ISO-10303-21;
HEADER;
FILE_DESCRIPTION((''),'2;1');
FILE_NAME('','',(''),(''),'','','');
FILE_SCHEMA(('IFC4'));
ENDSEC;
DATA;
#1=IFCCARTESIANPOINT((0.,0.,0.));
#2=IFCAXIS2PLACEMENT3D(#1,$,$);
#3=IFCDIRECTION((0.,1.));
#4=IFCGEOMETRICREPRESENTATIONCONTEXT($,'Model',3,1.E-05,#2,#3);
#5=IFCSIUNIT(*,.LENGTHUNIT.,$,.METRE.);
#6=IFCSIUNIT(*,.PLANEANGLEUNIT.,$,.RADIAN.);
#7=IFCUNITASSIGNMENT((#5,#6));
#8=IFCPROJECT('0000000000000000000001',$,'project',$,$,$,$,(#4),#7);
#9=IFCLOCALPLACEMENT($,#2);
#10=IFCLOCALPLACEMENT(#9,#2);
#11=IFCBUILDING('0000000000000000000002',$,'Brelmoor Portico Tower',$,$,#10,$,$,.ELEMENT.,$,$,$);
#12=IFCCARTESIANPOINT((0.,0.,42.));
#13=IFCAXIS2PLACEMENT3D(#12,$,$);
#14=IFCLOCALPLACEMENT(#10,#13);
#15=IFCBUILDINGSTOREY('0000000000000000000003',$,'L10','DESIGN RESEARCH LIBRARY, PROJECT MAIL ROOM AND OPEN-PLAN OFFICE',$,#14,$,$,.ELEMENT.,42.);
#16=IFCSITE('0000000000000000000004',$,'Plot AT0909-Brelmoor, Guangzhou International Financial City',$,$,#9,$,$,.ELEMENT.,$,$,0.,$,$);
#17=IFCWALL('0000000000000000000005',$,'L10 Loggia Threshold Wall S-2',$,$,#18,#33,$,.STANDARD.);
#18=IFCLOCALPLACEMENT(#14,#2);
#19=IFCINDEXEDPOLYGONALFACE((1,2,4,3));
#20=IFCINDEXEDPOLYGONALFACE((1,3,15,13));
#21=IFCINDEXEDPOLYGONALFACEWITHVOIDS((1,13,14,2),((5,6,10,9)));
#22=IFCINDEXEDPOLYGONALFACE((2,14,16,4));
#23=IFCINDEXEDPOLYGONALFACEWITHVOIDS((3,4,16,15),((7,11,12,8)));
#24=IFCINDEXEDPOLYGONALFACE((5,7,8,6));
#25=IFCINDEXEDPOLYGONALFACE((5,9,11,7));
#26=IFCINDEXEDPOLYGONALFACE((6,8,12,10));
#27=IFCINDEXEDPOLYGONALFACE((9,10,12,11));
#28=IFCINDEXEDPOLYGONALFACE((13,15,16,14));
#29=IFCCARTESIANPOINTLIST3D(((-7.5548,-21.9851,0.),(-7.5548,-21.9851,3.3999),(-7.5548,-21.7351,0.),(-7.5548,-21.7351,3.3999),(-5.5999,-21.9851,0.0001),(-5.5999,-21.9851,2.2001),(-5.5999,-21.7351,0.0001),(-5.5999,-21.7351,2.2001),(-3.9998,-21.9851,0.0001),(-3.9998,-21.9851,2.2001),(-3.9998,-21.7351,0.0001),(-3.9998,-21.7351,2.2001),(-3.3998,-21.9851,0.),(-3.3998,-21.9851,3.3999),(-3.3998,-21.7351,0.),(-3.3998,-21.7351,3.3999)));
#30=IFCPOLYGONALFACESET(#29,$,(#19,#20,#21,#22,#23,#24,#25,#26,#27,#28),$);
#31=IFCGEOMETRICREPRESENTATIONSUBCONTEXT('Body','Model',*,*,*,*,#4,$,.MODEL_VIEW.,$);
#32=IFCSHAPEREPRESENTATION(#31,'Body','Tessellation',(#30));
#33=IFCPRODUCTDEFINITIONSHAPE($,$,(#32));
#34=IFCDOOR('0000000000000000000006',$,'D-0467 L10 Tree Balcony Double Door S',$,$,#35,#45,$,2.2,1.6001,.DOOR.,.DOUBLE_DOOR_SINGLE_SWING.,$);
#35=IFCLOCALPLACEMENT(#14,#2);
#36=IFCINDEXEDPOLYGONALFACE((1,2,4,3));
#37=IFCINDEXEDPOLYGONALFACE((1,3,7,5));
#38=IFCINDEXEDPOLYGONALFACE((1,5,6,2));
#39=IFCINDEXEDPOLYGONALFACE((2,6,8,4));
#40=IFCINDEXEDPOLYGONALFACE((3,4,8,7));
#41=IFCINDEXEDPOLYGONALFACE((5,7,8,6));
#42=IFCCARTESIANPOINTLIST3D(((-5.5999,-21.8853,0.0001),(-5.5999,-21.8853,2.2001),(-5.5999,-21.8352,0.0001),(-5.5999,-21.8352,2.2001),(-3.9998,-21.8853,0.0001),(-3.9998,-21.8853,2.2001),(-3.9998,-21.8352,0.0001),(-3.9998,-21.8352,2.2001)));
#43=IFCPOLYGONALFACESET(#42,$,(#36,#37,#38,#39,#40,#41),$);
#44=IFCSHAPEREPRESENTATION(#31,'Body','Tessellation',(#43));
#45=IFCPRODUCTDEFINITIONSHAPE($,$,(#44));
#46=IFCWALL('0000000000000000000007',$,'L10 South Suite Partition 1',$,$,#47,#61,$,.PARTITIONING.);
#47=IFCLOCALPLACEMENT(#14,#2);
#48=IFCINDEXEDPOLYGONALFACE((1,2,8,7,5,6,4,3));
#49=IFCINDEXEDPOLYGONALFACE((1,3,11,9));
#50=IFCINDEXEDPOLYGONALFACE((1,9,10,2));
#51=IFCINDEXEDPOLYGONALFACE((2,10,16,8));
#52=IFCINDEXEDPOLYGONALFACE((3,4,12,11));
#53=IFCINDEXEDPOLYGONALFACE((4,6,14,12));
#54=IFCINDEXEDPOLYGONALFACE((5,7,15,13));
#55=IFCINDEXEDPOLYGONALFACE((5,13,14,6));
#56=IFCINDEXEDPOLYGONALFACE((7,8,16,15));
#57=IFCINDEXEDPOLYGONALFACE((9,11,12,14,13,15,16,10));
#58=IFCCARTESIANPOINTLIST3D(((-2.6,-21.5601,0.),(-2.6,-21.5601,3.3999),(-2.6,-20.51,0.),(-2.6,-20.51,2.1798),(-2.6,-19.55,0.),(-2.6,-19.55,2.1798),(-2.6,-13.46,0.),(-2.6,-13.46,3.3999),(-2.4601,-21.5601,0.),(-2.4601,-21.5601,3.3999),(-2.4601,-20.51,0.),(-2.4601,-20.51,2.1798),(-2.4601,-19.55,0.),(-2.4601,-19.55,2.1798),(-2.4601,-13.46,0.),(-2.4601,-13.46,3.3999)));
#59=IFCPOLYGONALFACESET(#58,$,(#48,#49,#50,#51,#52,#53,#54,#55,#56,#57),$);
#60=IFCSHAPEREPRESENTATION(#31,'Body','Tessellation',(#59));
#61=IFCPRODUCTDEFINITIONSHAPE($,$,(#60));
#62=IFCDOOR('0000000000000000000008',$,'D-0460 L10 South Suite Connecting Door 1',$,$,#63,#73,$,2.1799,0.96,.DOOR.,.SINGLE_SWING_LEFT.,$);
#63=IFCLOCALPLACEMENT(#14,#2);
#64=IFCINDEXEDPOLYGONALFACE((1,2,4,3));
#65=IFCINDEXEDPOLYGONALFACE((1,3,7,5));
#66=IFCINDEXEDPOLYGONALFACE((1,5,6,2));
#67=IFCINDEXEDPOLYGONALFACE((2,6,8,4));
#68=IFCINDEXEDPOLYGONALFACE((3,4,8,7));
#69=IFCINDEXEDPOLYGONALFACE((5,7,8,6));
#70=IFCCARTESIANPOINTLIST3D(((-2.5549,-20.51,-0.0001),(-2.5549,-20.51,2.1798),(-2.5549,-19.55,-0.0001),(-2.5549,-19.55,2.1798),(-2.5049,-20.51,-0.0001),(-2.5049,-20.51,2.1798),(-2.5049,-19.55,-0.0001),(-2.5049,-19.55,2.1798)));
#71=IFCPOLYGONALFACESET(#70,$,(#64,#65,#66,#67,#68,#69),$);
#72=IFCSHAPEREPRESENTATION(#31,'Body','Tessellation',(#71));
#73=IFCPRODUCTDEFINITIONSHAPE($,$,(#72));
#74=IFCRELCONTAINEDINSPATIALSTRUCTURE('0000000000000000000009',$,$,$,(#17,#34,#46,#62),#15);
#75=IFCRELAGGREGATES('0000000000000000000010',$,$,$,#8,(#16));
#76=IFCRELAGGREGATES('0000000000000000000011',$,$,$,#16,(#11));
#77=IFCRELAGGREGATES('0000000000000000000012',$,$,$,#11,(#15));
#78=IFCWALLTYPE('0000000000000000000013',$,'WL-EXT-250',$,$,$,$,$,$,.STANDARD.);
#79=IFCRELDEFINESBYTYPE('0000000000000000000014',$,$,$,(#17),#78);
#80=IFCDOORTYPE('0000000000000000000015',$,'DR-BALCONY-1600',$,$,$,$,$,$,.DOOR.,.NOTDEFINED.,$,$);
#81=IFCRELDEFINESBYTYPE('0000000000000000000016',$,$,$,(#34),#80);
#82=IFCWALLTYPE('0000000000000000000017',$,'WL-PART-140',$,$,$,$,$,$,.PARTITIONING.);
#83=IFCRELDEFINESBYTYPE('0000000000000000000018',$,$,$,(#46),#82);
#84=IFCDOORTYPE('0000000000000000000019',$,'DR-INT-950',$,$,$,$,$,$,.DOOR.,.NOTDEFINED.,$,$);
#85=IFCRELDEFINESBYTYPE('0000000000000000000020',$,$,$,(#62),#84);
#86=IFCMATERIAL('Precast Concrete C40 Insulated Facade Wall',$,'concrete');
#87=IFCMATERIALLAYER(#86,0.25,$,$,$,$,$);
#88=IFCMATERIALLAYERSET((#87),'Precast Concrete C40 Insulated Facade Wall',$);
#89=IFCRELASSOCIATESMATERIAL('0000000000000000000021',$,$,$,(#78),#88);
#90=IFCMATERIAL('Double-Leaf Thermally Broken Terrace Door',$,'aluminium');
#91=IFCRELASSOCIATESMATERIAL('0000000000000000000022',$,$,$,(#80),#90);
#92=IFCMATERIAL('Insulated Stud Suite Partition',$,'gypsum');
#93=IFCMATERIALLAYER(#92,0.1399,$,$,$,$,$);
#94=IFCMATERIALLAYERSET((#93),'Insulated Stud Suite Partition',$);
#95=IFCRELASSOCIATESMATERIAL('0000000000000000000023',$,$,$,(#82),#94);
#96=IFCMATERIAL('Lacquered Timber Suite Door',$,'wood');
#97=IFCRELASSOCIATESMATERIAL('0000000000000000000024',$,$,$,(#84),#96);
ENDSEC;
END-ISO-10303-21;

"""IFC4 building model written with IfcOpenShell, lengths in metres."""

from ifc_helpers import new_model, si_unit, direction, frame, frame_2d, origin, place, context, subcontext, project, spatial, rectangle, extrude, material, layer, layer_set, type_object, element, fill, save


model = new_model("IFC4")

# Units and contexts
model_context = context("Model", 3, precision=1e-05, world=origin(), true_north=direction((0.0, 1.0)))
body_context = subcontext(model_context, "Body", "Model", "MODEL_VIEW")
ifc_project = project(units=[si_unit("LENGTHUNIT", "METRE"), si_unit("PLANEANGLEUNIT", "RADIAN")], contexts=[model_context])

# Site, building, storey
site_placement = place(None, origin())
site = spatial("IfcSite", under=ifc_project, at=site_placement, Name="Plot AT0909-Brelmoor, Guangzhou International Financial City", CompositionType="ELEMENT", RefElevation=0.0)
building_placement = place(site_placement, origin())
building = spatial("IfcBuilding", under=site, at=building_placement, Name="Brelmoor Portico Tower", CompositionType="ELEMENT")
storey_placement = place(building_placement, frame((0.0, 0.0, 42.0)))
storey = spatial("IfcBuildingStorey", under=building, at=storey_placement, Name="L10", Description="DESIGN RESEARCH LIBRARY, PROJECT MAIL ROOM AND OPEN-PLAN OFFICE", CompositionType="ELEMENT", Elevation=42.0)

# Shared definitions
ifc_material_1 = material(Name="Precast Concrete C40 Insulated Facade Wall", Category="concrete")
ifc_layer_1 = layer(ifc_material_1, 0.25)
ifc_layer_set_1 = layer_set([ifc_layer_1], Name="Precast Concrete C40 Insulated Facade Wall")
wall_type_1 = type_object("IfcWallType", Name="WL-EXT-250", PredefinedType="STANDARD", material=ifc_layer_set_1)

# Walls, openings, doors
wall_1_placement = place(storey_placement, frame((-7.5549, -21.8601, 0.0), z_axis=(0.0, 0.0, 1.0), x_axis=(1.0, 0.0, 0.0)))
wall_1 = element("IfcWall", 1, at=wall_1_placement, inside=storey, type_object=wall_type_1, Name="L10 Loggia Threshold Wall S-2", PredefinedType="STANDARD", context=body_context, shape_type="SweptSolid", body=[
    extrude(rectangle(XDim=4.155, YDim=0.25, at=frame_2d((2.0776, 0.0))), origin(), (0.0, 0.0, 1.0), 3.3999),
])
opening_1_placement = place(wall_1_placement, frame((1.9551, 0.0, 0.0)))
opening_1 = element("IfcOpeningElement", 2, at=opening_1_placement, cuts=wall_1, PredefinedType="OPENING", context=body_context, shape_type="SweptSolid", body=[
    extrude(rectangle(XDim=1.6001, YDim=2.2, at=frame_2d((0.8, 1.1001))), frame((0.0, 0.135, 0.0), z_axis=(0.0, -1.0, 0.0), x_axis=(1.0, 0.0, 0.0)), (0.0, 0.0, 1.0), 0.27),
])
ifc_material_2 = material(Name="Double-Leaf Thermally Broken Terrace Door", Category="aluminium")
door_type_1 = type_object("IfcDoorType", Name="DR-BALCONY-1600", OperationType="NOTDEFINED", PredefinedType="DOOR", material=ifc_material_2)
door_1_placement = place(opening_1_placement, origin())
door_1 = element("IfcDoor", 3, at=door_1_placement, inside=storey, type_object=door_type_1, Name="D-0467 L10 Tree Balcony Double Door S", OperationType="DOUBLE_DOOR_SINGLE_SWING", OverallHeight=2.2, OverallWidth=1.6001, PredefinedType="DOOR", context=body_context, shape_type="SweptSolid", body=[
    extrude(rectangle(XDim=1.6001, YDim=2.2, at=frame_2d((0.8, 1.1001))), frame((0.0, 0.0249, 0.0), z_axis=(0.0, -1.0, 0.0), x_axis=(1.0, 0.0, 0.0)), (0.0, 0.0, 1.0), 0.05),
])
fill(opening_1, door_1)
ifc_material_3 = material(Name="Insulated Stud Suite Partition", Category="gypsum")
ifc_layer_2 = layer(ifc_material_3, 0.1399)
ifc_layer_set_2 = layer_set([ifc_layer_2], Name="Insulated Stud Suite Partition")
wall_type_2 = type_object("IfcWallType", Name="WL-PART-140", PredefinedType="PARTITIONING", material=ifc_layer_set_2)
wall_2_placement = place(storey_placement, frame((-2.53, -21.5601, 0.0), z_axis=(0.0, 0.0, 1.0), x_axis=(0.0, 1.0, 0.0)))
wall_2 = element("IfcWall", 4, at=wall_2_placement, inside=storey, type_object=wall_type_2, Name="L10 South Suite Partition 1", PredefinedType="PARTITIONING", context=body_context, shape_type="SweptSolid", body=[
    extrude(rectangle(XDim=8.1001, YDim=0.1399, at=frame_2d((4.05, 0.0))), origin(), (0.0, 0.0, 1.0), 3.3999),
])
opening_2_placement = place(wall_2_placement, frame((1.05, 0.0, 0.0)))
opening_2 = element("IfcOpeningElement", 5, at=opening_2_placement, cuts=wall_2, PredefinedType="OPENING", context=body_context, shape_type="SweptSolid", body=[
    extrude(rectangle(XDim=0.96, YDim=2.1799, at=frame_2d((0.48, 1.0898))), frame((0.0, 0.0798, 0.0), z_axis=(0.0, -1.0, 0.0), x_axis=(1.0, 0.0, 0.0)), (0.0, 0.0, 1.0), 0.1599),
])
ifc_material_4 = material(Name="Lacquered Timber Suite Door", Category="wood")
door_type_2 = type_object("IfcDoorType", Name="DR-INT-950", OperationType="NOTDEFINED", PredefinedType="DOOR", material=ifc_material_4)
door_2_placement = place(opening_2_placement, origin())
door_2 = element("IfcDoor", 6, at=door_2_placement, inside=storey, type_object=door_type_2, Name="D-0460 L10 South Suite Connecting Door 1", OperationType="SINGLE_SWING_LEFT", OverallHeight=2.1799, OverallWidth=0.96, PredefinedType="DOOR", context=body_context, shape_type="SweptSolid", body=[
    extrude(rectangle(XDim=0.96, YDim=2.1799, at=frame_2d((0.48, 1.0898))), frame((0.0, 0.0249, 0.0), z_axis=(0.0, -1.0, 0.0), x_axis=(1.0, 0.0, 0.0)), (0.0, 0.0, 1.0), 0.05),
])
fill(opening_2, door_2)

save(model, "model.ifc")
